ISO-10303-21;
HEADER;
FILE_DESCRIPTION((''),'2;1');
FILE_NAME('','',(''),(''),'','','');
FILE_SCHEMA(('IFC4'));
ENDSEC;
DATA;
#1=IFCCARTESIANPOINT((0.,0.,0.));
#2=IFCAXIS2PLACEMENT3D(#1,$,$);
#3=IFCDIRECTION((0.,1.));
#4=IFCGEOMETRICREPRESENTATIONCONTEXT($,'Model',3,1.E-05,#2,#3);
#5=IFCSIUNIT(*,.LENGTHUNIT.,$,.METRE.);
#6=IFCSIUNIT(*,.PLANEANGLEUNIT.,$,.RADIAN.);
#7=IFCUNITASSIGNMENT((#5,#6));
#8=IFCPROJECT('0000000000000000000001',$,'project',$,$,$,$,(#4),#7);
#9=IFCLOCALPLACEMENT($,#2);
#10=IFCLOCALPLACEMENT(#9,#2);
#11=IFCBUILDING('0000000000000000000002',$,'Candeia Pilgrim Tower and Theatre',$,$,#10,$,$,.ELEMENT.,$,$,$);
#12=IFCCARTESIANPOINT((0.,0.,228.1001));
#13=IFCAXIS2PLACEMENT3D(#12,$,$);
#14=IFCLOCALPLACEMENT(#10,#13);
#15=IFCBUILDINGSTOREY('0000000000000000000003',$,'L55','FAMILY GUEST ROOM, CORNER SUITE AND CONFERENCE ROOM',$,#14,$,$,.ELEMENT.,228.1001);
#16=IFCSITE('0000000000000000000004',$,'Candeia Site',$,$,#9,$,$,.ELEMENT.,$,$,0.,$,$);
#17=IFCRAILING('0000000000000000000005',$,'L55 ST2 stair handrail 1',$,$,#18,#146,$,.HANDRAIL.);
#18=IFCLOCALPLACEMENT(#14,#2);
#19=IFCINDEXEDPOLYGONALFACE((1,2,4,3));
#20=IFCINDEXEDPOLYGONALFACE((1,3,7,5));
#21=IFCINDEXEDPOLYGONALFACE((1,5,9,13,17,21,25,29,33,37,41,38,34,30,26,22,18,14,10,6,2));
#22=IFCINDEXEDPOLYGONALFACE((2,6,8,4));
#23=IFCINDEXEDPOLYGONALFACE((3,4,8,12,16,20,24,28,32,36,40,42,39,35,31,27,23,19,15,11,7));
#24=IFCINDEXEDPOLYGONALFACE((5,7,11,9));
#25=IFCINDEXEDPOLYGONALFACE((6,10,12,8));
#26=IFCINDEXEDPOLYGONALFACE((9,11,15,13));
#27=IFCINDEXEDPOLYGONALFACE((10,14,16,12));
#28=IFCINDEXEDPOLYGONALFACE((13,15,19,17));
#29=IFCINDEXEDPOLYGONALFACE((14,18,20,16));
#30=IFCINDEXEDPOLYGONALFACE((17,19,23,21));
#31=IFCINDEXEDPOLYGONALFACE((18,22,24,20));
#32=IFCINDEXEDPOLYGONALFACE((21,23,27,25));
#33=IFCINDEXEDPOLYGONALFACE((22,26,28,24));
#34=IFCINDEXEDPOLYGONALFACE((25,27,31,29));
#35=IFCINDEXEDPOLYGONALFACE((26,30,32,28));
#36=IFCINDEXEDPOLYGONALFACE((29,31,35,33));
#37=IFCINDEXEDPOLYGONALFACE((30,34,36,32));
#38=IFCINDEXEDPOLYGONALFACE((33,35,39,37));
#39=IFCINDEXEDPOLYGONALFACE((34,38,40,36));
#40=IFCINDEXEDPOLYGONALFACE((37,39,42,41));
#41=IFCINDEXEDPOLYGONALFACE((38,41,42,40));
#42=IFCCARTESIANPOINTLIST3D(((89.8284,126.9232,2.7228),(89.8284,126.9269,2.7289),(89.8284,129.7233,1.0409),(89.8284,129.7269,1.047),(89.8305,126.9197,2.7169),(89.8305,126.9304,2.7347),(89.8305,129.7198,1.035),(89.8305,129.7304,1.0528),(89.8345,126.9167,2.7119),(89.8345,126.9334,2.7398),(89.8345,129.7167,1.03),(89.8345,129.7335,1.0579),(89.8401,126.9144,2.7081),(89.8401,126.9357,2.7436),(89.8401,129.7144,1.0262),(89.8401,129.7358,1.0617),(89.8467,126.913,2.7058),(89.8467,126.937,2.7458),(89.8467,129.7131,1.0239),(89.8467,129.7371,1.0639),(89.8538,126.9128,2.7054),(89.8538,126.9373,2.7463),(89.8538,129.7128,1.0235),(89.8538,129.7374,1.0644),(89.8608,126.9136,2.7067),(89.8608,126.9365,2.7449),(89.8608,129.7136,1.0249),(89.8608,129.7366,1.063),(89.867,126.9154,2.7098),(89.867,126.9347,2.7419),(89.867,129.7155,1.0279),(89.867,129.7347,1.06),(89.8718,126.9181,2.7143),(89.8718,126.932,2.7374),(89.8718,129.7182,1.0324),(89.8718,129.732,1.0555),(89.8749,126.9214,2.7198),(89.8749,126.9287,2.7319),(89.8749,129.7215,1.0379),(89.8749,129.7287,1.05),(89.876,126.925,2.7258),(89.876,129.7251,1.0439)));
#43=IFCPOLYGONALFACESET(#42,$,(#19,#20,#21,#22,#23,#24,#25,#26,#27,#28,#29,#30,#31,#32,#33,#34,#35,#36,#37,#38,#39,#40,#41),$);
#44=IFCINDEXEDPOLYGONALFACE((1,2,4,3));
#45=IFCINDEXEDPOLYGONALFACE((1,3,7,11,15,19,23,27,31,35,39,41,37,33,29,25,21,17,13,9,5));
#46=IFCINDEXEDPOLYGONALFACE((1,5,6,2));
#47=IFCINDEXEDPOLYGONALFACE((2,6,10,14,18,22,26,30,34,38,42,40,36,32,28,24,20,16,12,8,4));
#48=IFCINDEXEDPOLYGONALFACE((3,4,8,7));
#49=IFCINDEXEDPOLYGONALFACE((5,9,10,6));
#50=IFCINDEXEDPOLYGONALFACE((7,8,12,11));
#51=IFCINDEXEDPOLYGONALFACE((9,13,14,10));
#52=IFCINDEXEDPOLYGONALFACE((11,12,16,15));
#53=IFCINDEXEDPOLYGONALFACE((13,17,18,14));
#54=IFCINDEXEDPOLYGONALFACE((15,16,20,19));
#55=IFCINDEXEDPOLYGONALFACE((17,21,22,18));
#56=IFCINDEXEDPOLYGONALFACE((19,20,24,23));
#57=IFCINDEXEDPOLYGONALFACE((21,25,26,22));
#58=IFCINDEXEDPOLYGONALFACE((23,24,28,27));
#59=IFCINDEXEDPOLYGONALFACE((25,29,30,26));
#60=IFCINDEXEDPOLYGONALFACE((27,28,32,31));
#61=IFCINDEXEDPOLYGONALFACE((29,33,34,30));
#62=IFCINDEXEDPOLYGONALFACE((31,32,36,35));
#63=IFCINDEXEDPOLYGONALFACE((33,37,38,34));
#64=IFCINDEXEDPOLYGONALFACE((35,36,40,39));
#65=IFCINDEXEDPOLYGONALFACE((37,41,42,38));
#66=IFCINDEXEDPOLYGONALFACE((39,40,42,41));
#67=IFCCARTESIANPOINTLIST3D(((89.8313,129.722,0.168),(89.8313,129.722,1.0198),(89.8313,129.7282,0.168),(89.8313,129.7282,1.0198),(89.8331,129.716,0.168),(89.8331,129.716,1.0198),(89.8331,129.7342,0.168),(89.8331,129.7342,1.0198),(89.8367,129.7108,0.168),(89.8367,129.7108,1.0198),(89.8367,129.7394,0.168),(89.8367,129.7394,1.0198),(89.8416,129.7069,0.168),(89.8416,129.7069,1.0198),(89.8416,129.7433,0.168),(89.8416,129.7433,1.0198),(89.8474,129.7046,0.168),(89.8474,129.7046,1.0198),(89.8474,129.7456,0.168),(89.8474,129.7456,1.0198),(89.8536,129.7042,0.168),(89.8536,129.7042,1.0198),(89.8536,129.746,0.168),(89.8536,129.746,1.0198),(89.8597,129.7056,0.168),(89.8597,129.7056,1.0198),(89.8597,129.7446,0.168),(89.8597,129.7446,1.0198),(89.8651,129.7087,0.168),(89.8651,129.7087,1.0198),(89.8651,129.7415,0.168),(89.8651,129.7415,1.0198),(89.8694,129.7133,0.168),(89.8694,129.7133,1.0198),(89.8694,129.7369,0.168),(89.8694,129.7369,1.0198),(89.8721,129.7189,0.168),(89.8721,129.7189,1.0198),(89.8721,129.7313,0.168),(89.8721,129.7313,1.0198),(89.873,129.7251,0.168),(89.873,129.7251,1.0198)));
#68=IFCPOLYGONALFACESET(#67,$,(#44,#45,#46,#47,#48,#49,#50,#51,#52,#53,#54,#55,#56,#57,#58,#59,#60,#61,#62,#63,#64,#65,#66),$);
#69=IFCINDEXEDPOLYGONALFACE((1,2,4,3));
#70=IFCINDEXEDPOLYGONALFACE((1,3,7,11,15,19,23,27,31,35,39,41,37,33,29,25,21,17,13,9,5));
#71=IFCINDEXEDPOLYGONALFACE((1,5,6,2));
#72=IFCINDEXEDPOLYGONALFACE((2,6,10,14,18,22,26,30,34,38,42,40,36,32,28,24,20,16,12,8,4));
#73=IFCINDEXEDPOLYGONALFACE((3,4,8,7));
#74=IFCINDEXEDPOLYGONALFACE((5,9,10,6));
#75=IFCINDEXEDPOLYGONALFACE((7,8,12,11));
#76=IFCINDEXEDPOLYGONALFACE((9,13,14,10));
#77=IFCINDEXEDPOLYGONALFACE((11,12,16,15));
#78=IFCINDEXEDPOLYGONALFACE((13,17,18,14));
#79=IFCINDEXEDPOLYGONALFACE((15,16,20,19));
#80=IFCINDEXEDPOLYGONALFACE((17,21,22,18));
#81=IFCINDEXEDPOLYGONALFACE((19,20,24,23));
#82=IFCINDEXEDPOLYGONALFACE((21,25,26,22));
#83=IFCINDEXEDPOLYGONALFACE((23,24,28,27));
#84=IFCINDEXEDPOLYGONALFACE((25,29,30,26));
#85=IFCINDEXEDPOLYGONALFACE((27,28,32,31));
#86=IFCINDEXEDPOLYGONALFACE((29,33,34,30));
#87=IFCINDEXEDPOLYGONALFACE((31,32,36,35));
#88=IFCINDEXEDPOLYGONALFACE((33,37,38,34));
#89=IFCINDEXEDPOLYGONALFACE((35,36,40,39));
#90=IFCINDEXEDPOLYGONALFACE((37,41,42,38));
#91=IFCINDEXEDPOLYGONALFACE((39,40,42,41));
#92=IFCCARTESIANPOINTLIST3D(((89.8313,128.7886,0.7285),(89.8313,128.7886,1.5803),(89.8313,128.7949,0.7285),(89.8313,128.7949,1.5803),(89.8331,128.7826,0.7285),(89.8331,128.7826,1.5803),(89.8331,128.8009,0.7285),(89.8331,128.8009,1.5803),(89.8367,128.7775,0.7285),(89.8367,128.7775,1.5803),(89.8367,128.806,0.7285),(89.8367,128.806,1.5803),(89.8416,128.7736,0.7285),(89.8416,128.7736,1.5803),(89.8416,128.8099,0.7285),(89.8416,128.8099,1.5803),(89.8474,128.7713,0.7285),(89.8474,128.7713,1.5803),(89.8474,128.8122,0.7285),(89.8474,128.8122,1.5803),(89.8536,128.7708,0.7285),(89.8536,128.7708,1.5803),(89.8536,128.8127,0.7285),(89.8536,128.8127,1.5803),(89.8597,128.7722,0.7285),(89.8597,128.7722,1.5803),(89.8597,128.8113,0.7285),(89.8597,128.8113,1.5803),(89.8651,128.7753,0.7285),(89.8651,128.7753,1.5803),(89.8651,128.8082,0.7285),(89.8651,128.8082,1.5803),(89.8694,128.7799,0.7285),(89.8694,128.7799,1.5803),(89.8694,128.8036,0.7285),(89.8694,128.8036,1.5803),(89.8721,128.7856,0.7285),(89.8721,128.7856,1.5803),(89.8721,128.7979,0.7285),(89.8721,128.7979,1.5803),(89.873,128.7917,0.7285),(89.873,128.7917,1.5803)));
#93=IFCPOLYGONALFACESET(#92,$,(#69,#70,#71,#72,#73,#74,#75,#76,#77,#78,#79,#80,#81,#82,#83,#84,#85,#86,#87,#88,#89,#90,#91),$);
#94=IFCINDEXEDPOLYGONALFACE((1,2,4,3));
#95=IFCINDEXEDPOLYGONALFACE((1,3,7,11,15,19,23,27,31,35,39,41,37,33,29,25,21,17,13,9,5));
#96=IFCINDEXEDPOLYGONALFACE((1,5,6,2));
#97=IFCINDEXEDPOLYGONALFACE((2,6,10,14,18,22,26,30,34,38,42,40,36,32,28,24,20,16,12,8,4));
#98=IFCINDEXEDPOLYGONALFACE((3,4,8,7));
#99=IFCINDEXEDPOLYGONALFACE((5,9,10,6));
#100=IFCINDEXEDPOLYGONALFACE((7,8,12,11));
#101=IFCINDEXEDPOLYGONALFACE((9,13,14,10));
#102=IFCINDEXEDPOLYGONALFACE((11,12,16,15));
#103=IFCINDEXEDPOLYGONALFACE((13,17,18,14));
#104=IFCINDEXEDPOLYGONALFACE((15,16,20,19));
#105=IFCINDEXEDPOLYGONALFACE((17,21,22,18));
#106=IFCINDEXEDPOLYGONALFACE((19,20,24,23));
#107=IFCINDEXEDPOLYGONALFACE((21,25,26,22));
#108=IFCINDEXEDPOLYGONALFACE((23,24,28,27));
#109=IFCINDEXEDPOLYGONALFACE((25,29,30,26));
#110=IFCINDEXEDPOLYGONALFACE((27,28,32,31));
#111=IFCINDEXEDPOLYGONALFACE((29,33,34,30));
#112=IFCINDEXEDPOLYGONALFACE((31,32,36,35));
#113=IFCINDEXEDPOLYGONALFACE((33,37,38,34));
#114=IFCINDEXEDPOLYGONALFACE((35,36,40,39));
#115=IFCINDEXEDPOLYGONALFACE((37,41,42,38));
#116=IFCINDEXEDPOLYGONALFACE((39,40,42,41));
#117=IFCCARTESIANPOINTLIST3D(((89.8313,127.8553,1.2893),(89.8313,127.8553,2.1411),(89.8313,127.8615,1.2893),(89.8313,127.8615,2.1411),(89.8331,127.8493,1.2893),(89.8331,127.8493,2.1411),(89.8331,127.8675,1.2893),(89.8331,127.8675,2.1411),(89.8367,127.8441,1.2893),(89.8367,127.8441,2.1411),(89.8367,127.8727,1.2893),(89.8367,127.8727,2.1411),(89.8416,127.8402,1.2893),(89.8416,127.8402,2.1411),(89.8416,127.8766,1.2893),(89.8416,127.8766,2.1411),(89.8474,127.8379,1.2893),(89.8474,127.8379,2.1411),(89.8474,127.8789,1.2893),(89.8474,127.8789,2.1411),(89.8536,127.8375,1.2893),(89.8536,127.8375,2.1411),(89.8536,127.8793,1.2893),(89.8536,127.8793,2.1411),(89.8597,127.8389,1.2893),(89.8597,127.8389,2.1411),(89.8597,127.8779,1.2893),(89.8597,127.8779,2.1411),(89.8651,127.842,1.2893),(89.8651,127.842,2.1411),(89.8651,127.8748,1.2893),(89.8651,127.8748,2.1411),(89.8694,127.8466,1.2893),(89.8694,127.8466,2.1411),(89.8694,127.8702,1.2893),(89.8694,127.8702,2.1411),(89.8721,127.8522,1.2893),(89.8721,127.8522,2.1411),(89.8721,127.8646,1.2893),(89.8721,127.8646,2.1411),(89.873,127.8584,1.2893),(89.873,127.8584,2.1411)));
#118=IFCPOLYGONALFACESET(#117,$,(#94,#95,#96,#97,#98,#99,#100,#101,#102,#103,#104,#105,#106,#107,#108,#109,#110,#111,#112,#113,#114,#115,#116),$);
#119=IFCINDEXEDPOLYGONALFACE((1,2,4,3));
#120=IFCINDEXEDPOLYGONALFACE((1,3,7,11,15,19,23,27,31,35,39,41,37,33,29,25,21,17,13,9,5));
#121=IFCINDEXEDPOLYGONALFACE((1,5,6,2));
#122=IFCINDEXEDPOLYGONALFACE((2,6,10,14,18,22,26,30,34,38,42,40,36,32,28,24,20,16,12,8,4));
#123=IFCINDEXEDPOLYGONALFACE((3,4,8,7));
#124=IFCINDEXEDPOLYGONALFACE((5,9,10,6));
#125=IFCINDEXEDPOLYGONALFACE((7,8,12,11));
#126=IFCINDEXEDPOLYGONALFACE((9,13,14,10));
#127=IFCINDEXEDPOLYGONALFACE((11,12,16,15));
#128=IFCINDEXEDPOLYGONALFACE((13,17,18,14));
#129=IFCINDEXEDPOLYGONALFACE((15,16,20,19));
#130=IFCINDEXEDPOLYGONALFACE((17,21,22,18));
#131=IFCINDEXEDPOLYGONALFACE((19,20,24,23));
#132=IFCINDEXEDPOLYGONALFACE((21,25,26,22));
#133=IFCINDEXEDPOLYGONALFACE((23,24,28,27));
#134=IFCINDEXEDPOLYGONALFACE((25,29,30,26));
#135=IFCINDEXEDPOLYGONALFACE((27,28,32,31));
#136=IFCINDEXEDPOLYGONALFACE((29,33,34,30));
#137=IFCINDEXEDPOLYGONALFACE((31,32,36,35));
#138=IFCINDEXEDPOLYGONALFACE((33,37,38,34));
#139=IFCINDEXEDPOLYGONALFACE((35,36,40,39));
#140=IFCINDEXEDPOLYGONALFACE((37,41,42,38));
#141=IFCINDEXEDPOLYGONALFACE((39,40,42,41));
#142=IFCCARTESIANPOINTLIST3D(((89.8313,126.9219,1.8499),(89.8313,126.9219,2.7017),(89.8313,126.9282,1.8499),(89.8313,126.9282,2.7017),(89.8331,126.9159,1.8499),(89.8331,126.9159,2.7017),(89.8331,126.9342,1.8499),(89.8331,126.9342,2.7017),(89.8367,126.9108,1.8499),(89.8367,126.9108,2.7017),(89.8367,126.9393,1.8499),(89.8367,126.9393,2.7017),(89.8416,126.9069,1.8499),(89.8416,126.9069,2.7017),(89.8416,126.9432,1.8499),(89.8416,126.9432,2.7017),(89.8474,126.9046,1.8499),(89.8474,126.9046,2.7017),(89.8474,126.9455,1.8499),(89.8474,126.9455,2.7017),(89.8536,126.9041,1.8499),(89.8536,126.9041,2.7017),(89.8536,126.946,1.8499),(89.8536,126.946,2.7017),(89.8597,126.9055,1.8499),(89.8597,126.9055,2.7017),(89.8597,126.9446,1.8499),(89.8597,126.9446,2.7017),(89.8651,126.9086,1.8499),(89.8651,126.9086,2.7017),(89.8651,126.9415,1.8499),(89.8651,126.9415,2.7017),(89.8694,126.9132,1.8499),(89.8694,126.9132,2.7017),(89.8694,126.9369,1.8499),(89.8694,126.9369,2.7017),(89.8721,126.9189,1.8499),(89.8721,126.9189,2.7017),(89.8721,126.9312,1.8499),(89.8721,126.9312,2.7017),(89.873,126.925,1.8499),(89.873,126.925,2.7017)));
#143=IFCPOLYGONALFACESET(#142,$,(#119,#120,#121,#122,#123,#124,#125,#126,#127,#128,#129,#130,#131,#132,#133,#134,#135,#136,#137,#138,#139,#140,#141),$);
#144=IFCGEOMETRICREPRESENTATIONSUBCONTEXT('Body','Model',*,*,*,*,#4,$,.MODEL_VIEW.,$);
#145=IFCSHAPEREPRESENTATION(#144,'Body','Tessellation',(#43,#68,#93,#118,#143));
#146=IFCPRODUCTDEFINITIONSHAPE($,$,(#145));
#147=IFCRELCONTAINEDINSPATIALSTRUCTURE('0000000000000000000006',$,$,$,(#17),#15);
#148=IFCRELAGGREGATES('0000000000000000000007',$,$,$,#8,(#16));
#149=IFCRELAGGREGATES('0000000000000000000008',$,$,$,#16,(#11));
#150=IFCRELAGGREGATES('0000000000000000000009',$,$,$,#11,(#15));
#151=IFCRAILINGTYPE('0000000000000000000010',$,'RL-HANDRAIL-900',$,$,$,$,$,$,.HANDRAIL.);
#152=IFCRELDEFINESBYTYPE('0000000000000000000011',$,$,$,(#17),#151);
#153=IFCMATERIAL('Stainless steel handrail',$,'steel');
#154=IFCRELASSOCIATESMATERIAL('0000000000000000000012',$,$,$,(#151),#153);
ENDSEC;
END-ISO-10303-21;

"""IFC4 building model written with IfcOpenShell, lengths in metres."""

from ifc_helpers import new_model, si_unit, direction, frame, origin, origin_2d, place, context, subcontext, project, spatial, circle, extrude, material, type_object, element, save


model = new_model("IFC4")

# Units and contexts
model_context = context("Model", 3, precision=1e-05, world=origin(), true_north=direction((0.0, 1.0)))
body_context = subcontext(model_context, "Body", "Model", "MODEL_VIEW")
ifc_project = project(units=[si_unit("LENGTHUNIT", "METRE"), si_unit("PLANEANGLEUNIT", "RADIAN")], contexts=[model_context])

# Site, building, storey
site_placement = place(None, origin())
site = spatial("IfcSite", under=ifc_project, at=site_placement, Name="Candeia Site", CompositionType="ELEMENT", RefElevation=0.0)
building_placement = place(site_placement, origin())
building = spatial("IfcBuilding", under=site, at=building_placement, Name="Candeia Pilgrim Tower and Theatre", CompositionType="ELEMENT")
storey_placement = place(building_placement, frame((0.0, 0.0, 228.1001)))
storey = spatial("IfcBuildingStorey", under=building, at=storey_placement, Name="L55", Description="FAMILY GUEST ROOM, CORNER SUITE AND CONFERENCE ROOM", CompositionType="ELEMENT", Elevation=228.1001)

# Railing
ifc_material_1 = material(Name="Stainless steel handrail", Category="steel")
railing_type_1 = type_object("IfcRailingType", Name="RL-HANDRAIL-900", PredefinedType="HANDRAIL", material=ifc_material_1)
for number, where, name in (
    (1, (89.8521, 129.7251, 0.168), "L55 ST2 stair handrail 1"),
):
    element("IfcRailing", number, at=place(storey_placement, frame(where)), inside=storey, type_object=railing_type_1, Name=name, PredefinedType="HANDRAIL", context=body_context, shape_type="SweptSolid", body=[
        extrude(circle(Radius=0.0239, at=origin_2d()), frame((0.0, 0.0, 0.876), z_axis=(0.0, -0.857242, 0.514913), x_axis=(1.0, 0.0, 0.0)), (0.0, 0.0, 1.0), 3.2664),
        extrude(circle(Radius=0.021, at=origin_2d()), origin(), (0.0, 0.0, 1.0), 0.8518),
        extrude(circle(Radius=0.021, at=origin_2d()), frame((0.0, -0.9333, 0.5605)), (0.0, 0.0, 1.0), 0.8518),
        extrude(circle(Radius=0.021, at=origin_2d()), frame((0.0, -1.8667, 1.1213)), (0.0, 0.0, 1.0), 0.8518),
        extrude(circle(Radius=0.021, at=origin_2d()), frame((0.0, -2.8, 1.6819)), (0.0, 0.0, 1.0), 0.8518),
    ])

save(model, "model.ifc")
